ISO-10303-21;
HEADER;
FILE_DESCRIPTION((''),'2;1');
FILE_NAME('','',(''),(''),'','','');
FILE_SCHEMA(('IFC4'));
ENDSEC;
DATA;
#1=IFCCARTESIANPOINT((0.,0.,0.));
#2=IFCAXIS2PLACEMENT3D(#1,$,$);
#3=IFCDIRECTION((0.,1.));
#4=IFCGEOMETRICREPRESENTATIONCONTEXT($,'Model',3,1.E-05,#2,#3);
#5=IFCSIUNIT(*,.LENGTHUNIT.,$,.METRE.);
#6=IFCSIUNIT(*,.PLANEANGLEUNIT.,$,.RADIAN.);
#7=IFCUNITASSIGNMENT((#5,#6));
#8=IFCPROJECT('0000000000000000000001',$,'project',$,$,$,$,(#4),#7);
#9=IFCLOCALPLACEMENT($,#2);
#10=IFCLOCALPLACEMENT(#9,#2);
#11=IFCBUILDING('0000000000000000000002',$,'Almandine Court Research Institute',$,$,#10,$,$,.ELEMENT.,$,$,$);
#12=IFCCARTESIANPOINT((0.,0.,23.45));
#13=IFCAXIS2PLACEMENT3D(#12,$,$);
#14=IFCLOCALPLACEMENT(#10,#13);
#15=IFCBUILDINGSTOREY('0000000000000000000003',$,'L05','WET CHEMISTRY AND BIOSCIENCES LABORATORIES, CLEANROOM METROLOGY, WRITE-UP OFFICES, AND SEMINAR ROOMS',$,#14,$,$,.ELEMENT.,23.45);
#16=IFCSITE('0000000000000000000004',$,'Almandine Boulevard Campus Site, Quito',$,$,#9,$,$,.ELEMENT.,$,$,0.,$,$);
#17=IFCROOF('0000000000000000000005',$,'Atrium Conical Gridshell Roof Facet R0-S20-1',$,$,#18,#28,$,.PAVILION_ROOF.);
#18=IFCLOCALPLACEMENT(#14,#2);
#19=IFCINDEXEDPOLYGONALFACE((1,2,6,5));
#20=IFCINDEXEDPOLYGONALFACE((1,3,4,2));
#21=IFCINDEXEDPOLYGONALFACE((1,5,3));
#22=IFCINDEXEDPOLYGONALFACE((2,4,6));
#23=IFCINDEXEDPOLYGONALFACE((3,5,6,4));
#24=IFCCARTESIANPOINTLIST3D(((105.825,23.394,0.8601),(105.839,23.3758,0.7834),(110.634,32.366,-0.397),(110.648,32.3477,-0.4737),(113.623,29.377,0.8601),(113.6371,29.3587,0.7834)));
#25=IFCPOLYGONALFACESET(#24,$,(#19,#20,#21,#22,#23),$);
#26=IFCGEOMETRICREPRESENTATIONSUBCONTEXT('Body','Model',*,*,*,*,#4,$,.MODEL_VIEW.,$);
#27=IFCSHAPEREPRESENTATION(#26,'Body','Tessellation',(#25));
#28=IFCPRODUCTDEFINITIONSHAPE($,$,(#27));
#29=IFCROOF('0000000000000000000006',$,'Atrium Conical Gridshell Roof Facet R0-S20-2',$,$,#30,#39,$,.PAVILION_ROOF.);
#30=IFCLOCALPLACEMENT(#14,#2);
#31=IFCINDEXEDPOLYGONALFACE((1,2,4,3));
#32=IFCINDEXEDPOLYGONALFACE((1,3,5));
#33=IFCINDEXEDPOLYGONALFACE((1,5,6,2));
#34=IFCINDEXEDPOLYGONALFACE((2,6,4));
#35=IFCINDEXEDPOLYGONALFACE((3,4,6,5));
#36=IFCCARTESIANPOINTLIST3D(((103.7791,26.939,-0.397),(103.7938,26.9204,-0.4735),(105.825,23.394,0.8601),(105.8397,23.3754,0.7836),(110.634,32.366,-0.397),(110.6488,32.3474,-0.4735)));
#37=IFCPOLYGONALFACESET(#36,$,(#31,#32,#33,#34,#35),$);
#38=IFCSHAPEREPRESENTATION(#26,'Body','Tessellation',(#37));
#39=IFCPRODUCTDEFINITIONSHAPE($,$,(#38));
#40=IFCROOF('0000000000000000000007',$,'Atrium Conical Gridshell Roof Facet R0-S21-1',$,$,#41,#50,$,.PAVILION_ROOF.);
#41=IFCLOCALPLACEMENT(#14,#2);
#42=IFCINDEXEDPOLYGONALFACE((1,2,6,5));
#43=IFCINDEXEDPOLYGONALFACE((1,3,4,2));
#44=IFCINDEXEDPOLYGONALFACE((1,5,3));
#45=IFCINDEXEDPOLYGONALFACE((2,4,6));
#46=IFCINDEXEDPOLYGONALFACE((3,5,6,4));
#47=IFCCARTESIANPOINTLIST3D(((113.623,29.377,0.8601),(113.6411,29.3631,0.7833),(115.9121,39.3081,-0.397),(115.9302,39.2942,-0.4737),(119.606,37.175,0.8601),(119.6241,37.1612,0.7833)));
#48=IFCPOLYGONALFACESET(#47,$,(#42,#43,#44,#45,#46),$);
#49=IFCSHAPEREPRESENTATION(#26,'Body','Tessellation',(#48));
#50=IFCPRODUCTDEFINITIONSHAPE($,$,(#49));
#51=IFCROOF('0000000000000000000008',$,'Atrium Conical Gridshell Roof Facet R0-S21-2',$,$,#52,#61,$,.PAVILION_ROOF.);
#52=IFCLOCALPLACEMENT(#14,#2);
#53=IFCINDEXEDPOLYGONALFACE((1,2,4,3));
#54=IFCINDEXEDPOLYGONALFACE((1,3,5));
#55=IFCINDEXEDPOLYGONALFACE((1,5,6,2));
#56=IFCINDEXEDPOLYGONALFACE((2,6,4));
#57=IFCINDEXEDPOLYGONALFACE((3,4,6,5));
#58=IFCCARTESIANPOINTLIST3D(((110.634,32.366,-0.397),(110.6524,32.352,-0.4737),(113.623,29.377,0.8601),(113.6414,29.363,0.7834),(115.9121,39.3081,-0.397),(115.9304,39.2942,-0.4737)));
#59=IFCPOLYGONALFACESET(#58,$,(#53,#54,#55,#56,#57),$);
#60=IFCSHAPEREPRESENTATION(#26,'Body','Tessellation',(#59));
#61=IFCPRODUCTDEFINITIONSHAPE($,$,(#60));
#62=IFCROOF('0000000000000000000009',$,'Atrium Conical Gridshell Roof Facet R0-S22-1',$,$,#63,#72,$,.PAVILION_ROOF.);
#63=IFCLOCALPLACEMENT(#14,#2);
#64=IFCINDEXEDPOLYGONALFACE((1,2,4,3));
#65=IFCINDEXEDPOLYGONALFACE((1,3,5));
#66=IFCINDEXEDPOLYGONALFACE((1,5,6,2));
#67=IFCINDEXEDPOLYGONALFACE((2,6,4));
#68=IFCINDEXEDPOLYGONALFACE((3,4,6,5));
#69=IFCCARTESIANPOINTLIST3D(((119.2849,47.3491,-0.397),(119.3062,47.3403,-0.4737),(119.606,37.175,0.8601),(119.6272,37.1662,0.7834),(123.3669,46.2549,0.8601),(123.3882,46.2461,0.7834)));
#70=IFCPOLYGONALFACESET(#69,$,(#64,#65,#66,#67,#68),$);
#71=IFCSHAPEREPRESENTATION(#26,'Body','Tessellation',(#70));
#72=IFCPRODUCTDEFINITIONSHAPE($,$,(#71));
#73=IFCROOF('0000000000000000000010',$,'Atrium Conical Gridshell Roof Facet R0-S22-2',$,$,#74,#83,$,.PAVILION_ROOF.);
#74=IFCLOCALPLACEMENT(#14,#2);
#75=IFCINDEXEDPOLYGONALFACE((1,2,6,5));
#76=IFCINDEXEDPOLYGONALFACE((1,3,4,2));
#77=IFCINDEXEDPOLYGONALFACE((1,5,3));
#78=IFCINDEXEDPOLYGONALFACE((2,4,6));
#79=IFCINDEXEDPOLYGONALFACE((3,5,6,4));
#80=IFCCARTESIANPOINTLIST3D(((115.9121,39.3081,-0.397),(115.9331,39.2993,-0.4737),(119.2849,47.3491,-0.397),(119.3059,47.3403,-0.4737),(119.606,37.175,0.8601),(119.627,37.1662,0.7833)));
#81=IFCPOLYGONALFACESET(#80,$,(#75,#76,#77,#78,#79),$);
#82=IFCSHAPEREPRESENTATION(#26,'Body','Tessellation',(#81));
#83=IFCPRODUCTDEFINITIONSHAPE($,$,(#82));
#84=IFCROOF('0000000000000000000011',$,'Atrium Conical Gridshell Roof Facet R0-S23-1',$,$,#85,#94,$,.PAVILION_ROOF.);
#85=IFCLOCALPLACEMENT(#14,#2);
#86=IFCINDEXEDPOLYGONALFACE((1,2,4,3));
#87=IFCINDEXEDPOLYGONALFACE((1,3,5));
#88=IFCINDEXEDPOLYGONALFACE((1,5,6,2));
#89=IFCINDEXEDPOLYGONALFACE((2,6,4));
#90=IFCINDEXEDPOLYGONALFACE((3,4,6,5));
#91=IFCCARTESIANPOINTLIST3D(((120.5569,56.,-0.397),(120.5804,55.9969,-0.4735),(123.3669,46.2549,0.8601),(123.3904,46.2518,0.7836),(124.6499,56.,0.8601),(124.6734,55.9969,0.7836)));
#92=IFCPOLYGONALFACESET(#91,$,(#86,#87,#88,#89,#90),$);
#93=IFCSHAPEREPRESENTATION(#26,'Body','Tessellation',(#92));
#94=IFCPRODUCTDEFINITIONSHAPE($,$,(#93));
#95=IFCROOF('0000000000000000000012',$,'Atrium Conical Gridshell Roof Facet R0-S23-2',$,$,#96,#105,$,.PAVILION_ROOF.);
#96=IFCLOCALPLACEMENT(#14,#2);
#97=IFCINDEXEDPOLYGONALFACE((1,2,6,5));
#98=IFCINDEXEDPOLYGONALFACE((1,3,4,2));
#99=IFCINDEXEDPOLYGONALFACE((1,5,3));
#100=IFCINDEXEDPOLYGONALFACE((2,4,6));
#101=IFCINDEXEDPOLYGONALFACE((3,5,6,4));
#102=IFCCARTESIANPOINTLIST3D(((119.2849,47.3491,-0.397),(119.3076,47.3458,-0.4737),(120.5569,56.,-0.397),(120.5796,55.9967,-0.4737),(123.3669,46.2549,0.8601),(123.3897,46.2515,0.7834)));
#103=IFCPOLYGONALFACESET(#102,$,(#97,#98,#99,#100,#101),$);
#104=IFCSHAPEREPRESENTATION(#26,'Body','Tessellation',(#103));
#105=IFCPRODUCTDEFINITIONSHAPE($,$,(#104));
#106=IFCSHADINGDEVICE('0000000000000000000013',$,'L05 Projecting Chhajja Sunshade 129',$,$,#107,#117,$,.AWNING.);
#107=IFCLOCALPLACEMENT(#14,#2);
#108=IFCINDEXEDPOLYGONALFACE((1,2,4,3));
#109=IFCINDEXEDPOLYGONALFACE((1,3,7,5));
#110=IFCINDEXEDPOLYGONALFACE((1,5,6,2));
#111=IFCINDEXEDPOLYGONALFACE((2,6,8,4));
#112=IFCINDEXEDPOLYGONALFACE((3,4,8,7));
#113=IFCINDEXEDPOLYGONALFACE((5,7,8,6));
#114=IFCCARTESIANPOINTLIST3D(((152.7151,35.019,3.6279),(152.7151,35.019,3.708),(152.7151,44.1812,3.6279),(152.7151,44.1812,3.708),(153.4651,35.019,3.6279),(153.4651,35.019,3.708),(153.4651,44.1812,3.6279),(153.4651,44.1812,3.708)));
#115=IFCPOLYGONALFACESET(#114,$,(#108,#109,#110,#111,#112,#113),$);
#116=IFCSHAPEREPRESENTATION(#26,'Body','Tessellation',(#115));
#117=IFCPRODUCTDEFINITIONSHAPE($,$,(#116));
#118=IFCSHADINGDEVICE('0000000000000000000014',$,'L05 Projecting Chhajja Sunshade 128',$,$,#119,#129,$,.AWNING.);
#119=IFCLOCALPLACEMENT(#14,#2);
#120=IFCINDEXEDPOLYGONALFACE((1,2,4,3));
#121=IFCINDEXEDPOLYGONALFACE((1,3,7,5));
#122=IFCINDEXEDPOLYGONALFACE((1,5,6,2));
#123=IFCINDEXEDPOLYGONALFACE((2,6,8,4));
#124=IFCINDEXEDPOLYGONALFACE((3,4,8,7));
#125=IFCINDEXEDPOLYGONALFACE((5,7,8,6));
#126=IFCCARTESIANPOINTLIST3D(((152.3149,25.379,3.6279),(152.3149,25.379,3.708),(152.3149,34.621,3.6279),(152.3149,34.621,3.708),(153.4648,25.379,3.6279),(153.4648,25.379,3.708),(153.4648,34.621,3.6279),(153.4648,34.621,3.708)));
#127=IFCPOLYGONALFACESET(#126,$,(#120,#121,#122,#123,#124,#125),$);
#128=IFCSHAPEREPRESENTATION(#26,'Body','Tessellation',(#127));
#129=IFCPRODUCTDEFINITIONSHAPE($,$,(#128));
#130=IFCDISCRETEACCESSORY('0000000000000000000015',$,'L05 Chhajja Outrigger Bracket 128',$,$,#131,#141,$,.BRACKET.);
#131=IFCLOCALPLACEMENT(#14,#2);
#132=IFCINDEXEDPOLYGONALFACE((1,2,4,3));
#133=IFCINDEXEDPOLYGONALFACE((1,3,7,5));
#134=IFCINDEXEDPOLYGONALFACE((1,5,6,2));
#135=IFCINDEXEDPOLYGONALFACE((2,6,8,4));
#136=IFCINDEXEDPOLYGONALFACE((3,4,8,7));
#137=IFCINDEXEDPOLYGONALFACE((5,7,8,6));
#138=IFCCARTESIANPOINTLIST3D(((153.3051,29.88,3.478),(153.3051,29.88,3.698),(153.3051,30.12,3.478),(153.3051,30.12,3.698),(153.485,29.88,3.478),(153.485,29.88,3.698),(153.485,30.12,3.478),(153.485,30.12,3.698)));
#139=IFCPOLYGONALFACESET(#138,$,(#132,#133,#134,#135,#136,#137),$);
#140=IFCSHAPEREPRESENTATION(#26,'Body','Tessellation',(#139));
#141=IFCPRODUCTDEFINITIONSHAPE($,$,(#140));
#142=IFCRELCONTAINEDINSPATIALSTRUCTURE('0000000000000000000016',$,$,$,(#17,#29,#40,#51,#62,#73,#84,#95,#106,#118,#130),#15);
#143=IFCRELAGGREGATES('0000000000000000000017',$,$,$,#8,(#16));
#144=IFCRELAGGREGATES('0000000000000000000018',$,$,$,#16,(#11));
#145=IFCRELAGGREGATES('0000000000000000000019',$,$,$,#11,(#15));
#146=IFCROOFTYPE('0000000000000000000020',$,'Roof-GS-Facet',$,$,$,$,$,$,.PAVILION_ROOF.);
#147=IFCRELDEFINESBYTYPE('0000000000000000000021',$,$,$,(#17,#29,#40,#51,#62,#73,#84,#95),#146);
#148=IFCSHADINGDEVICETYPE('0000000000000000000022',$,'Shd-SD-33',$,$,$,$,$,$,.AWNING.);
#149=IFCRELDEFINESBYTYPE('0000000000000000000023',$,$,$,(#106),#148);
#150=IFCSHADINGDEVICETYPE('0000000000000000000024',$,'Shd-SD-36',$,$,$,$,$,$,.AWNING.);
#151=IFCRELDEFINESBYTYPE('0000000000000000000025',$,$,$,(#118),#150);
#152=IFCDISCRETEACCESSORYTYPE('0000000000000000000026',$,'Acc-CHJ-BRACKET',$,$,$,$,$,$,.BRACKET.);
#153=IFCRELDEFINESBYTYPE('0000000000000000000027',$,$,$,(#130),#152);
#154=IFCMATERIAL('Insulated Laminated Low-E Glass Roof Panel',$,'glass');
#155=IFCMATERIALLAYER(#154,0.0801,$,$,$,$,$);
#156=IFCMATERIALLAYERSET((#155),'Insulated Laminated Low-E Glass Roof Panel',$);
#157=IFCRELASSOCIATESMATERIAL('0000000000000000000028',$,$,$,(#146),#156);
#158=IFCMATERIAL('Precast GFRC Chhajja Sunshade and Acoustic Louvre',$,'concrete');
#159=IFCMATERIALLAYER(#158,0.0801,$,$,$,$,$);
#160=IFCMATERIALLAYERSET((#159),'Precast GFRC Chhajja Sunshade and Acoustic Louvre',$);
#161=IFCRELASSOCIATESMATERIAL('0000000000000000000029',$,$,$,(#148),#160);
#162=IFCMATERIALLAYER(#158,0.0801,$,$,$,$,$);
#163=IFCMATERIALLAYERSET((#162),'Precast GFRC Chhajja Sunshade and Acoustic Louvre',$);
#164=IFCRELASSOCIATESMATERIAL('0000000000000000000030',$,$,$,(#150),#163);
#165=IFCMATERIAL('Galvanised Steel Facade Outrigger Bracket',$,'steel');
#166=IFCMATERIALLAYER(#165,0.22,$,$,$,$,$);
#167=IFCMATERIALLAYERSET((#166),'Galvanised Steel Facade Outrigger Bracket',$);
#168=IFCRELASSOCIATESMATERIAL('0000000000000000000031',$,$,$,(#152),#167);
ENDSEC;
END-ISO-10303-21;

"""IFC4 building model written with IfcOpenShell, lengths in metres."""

from ifc_helpers import new_model, si_unit, direction, frame, origin, origin_2d, place, context, subcontext, project, spatial, polyline, rectangle, outline, extrude, material, layer, layer_set, type_object, element, save


model = new_model("IFC4")

# Units and contexts
model_context = context("Model", 3, precision=1e-05, world=origin(), true_north=direction((0.0, 1.0)))
body_context = subcontext(model_context, "Body", "Model", "MODEL_VIEW")
ifc_project = project(units=[si_unit("LENGTHUNIT", "METRE"), si_unit("PLANEANGLEUNIT", "RADIAN")], contexts=[model_context])

# Site, building, storey
site_placement = place(None, origin())
site = spatial("IfcSite", under=ifc_project, at=site_placement, Name="Almandine Boulevard Campus Site, Quito", CompositionType="ELEMENT", RefElevation=0.0)
building_placement = place(site_placement, origin())
building = spatial("IfcBuilding", under=site, at=building_placement, Name="Almandine Court Research Institute", CompositionType="ELEMENT")
storey_placement = place(building_placement, frame((0.0, 0.0, 23.45)))
storey = spatial("IfcBuildingStorey", under=building, at=storey_placement, Name="L05", Description="WET CHEMISTRY AND BIOSCIENCES LABORATORIES, CLEANROOM METROLOGY, WRITE-UP OFFICES, AND SEMINAR ROOMS", CompositionType="ELEMENT", Elevation=23.45)

# Roofs
ifc_material_1 = material(Name="Insulated Laminated Low-E Glass Roof Panel", Category="glass")
ifc_layer_1 = layer(ifc_material_1, 0.0801)
ifc_layer_set_1 = layer_set([ifc_layer_1], Name="Insulated Laminated Low-E Glass Roof Panel")
roof_type = type_object("IfcRoofType", Name="Roof-GS-Facet", PredefinedType="PAVILION_ROOF", material=ifc_layer_set_1)
roof_1_placement = place(storey_placement, frame((105.825, 23.394, 0.8601), z_axis=(-0.174888, 0.227948, 0.957838), x_axis=(0.793392, 0.608712, 0.0)))
element("IfcRoof", 1, at=roof_1_placement, inside=storey, type_object=roof_type, Name="Atrium Conical Gridshell Roof Facet R0-S20-1", PredefinedType="PAVILION_ROOF", context=body_context, shape_type="SweptSolid", body=[
    extrude(outline(polyline([(0.0, 0.0), (9.8288, 0.0), (9.2768, 4.3754), (0.0, 0.0)])), origin(), (0.0, 0.0, -1.0), 0.0801),
])
roof_2_placement = place(storey_placement, frame((105.825, 23.394, 0.8601), z_axis=(-0.184034, 0.232457, 0.955037), x_axis=(0.468865, 0.874725, -0.12256)))
element("IfcRoof", 2, at=roof_2_placement, inside=storey, type_object=roof_type, Name="Atrium Conical Gridshell Roof Facet R0-S20-2", PredefinedType="PAVILION_ROOF", context=body_context, shape_type="SweptSolid", body=[
    extrude(outline(polyline([(0.0, 0.0), (10.2568, 0.0), (2.2956, 3.6142), (0.0, 0.0)])), origin(), (0.0, 0.0, -1.0), 0.0801),
])
roof_3_placement = place(storey_placement, frame((113.623, 29.377, 0.8601), z_axis=(-0.226057, 0.173437, 0.95855), x_axis=(0.608712, 0.793392, 0.0)))
element("IfcRoof", 3, at=roof_3_placement, inside=storey, type_object=roof_type, Name="Atrium Conical Gridshell Roof Facet R0-S21-1", PredefinedType="PAVILION_ROOF", context=body_context, shape_type="SweptSolid", body=[
    extrude(outline(polyline([(0.0, 0.0), (9.8288, 0.0), (9.2727, 4.412), (0.0, 0.0)])), origin(), (0.0, 0.0, -1.0), 0.0801),
])
roof_4_placement = place(storey_placement, frame((113.623, 29.377, 0.8601), z_axis=(-0.228834, 0.173981, 0.957792), x_axis=(0.222915, 0.967121, -0.122418)))
element("IfcRoof", 4, at=roof_4_placement, inside=storey, type_object=roof_type, Name="Atrium Conical Gridshell Roof Facet R0-S21-2", PredefinedType="PAVILION_ROOF", context=body_context, shape_type="SweptSolid", body=[
    extrude(outline(polyline([(0.0, 0.0), (10.2688, 0.0), (2.3783, 3.7138), (0.0, 0.0)])), origin(), (0.0, 0.0, -1.0), 0.0801),
])
roof_5_placement = place(storey_placement, frame((119.606, 37.175, 0.8601), z_axis=(-0.265487, 0.109968, 0.957822), x_axis=(0.382683, 0.92388, 0.0)))
element("IfcRoof", 5, at=roof_5_placement, inside=storey, type_object=roof_type, Name="Atrium Conical Gridshell Roof Facet R0-S22-1", PredefinedType="PAVILION_ROOF", context=body_context, shape_type="SweptSolid", body=[
    extrude(outline(polyline([(0.0, 0.0), (9.8279, 0.0), (9.2768, 4.3746), (0.0, 0.0)])), origin(), (0.0, 0.0, -1.0), 0.0801),
])
roof_6_placement = place(storey_placement, frame((119.606, 37.175, 0.8601), z_axis=(-0.262616, 0.110154, 0.958592), x_axis=(-0.031302, 0.991967, -0.122565)))
element("IfcRoof", 6, at=roof_6_placement, inside=storey, type_object=roof_type, Name="Atrium Conical Gridshell Roof Facet R0-S22-2", PredefinedType="PAVILION_ROOF", context=body_context, shape_type="SweptSolid", body=[
    extrude(outline(polyline([(0.0, 0.0), (10.2565, 0.0), (2.3856, 3.7528), (0.0, 0.0)])), origin(), (0.0, 0.0, -1.0), 0.0801),
])
roof_7_placement = place(storey_placement, frame((123.3669, 46.2549, 0.8601), z_axis=(-0.293374, 0.038623, 0.955217), x_axis=(0.130525, 0.991445, 0.0)))
element("IfcRoof", 7, at=roof_7_placement, inside=storey, type_object=roof_type, Name="Atrium Conical Gridshell Roof Facet R0-S23-1", PredefinedType="PAVILION_ROOF", context=body_context, shape_type="SweptSolid", body=[
    extrude(outline(polyline([(0.0, 0.0), (9.8292, 0.0), (9.295, 4.2483), (0.0, 0.0)])), origin(), (0.0, 0.0, -1.0), 0.0801),
])
roof_8_placement = place(storey_placement, frame((123.3669, 46.2549, 0.8601), z_axis=(-0.283824, 0.041732, 0.957968), x_axis=(-0.274963, 0.953554, -0.123005)))
element("IfcRoof", 8, at=roof_8_placement, inside=storey, type_object=roof_type, Name="Atrium Conical Gridshell Roof Facet R0-S23-2", PredefinedType="PAVILION_ROOF", context=body_context, shape_type="SweptSolid", body=[
    extrude(outline(polyline([(0.0, 0.0), (10.2198, 0.0), (2.3204, 3.7491), (0.0, 0.0)])), origin(), (0.0, 0.0, -1.0), 0.0801),
])

# Shading devices
ifc_material_2 = material(Name="Precast GFRC Chhajja Sunshade and Acoustic Louvre", Category="concrete")
ifc_layer_2 = layer(ifc_material_2, 0.0801)
ifc_layer_set_2 = layer_set([ifc_layer_2], Name="Precast GFRC Chhajja Sunshade and Acoustic Louvre")
shading_device_type_1 = type_object("IfcShadingDeviceType", Name="Shd-SD-33", PredefinedType="AWNING", material=ifc_layer_set_2)
shading_device_1_placement = place(storey_placement, frame((153.0901, 39.6001, 3.6279), z_axis=(0.0, 0.0, 1.0), x_axis=(0.0, 1.0, 0.0)))
element("IfcShadingDevice", 9, at=shading_device_1_placement, inside=storey, type_object=shading_device_type_1, Name="L05 Projecting Chhajja Sunshade 129", PredefinedType="AWNING", context=body_context, shape_type="SweptSolid", body=[
    extrude(rectangle(XDim=9.1621, YDim=0.75, at=origin_2d()), origin(), (0.0, 0.0, 1.0), 0.0801),
])
ifc_layer_3 = layer(ifc_material_2, 0.0801)
ifc_layer_set_3 = layer_set([ifc_layer_3], Name="Precast GFRC Chhajja Sunshade and Acoustic Louvre")
shading_device_type_2 = type_object("IfcShadingDeviceType", Name="Shd-SD-36", PredefinedType="AWNING", material=ifc_layer_set_3)
shading_device_2_placement = place(storey_placement, frame((152.8899, 30.0, 3.6279), z_axis=(0.0, 0.0, 1.0), x_axis=(0.0, 1.0, 0.0)))
element("IfcShadingDevice", 10, at=shading_device_2_placement, inside=storey, type_object=shading_device_type_2, Name="L05 Projecting Chhajja Sunshade 128", PredefinedType="AWNING", context=body_context, shape_type="SweptSolid", body=[
    extrude(rectangle(XDim=9.2419, YDim=1.1499, at=origin_2d()), origin(), (0.0, 0.0, 1.0), 0.0801),
])

# Discrete accessory
ifc_material_3 = material(Name="Galvanised Steel Facade Outrigger Bracket", Category="steel")
ifc_layer_4 = layer(ifc_material_3, 0.22)
ifc_layer_set_4 = layer_set([ifc_layer_4], Name="Galvanised Steel Facade Outrigger Bracket")
discrete_accessory_type = type_object("IfcDiscreteAccessoryType", Name="Acc-CHJ-BRACKET", PredefinedType="BRACKET", material=ifc_layer_set_4)
discrete_accessory_placement = place(storey_placement, frame((153.395, 30.0, 3.478), z_axis=(0.0, 0.0, 1.0), x_axis=(0.0, 1.0, 0.0)))
element("IfcDiscreteAccessory", 11, at=discrete_accessory_placement, inside=storey, type_object=discrete_accessory_type, Name="L05 Chhajja Outrigger Bracket 128", PredefinedType="BRACKET", context=body_context, shape_type="SweptSolid", body=[
    extrude(rectangle(XDim=0.24, YDim=0.1799, at=origin_2d()), origin(), (0.0, 0.0, 1.0), 0.22),
])

save(model, "model.ifc")
